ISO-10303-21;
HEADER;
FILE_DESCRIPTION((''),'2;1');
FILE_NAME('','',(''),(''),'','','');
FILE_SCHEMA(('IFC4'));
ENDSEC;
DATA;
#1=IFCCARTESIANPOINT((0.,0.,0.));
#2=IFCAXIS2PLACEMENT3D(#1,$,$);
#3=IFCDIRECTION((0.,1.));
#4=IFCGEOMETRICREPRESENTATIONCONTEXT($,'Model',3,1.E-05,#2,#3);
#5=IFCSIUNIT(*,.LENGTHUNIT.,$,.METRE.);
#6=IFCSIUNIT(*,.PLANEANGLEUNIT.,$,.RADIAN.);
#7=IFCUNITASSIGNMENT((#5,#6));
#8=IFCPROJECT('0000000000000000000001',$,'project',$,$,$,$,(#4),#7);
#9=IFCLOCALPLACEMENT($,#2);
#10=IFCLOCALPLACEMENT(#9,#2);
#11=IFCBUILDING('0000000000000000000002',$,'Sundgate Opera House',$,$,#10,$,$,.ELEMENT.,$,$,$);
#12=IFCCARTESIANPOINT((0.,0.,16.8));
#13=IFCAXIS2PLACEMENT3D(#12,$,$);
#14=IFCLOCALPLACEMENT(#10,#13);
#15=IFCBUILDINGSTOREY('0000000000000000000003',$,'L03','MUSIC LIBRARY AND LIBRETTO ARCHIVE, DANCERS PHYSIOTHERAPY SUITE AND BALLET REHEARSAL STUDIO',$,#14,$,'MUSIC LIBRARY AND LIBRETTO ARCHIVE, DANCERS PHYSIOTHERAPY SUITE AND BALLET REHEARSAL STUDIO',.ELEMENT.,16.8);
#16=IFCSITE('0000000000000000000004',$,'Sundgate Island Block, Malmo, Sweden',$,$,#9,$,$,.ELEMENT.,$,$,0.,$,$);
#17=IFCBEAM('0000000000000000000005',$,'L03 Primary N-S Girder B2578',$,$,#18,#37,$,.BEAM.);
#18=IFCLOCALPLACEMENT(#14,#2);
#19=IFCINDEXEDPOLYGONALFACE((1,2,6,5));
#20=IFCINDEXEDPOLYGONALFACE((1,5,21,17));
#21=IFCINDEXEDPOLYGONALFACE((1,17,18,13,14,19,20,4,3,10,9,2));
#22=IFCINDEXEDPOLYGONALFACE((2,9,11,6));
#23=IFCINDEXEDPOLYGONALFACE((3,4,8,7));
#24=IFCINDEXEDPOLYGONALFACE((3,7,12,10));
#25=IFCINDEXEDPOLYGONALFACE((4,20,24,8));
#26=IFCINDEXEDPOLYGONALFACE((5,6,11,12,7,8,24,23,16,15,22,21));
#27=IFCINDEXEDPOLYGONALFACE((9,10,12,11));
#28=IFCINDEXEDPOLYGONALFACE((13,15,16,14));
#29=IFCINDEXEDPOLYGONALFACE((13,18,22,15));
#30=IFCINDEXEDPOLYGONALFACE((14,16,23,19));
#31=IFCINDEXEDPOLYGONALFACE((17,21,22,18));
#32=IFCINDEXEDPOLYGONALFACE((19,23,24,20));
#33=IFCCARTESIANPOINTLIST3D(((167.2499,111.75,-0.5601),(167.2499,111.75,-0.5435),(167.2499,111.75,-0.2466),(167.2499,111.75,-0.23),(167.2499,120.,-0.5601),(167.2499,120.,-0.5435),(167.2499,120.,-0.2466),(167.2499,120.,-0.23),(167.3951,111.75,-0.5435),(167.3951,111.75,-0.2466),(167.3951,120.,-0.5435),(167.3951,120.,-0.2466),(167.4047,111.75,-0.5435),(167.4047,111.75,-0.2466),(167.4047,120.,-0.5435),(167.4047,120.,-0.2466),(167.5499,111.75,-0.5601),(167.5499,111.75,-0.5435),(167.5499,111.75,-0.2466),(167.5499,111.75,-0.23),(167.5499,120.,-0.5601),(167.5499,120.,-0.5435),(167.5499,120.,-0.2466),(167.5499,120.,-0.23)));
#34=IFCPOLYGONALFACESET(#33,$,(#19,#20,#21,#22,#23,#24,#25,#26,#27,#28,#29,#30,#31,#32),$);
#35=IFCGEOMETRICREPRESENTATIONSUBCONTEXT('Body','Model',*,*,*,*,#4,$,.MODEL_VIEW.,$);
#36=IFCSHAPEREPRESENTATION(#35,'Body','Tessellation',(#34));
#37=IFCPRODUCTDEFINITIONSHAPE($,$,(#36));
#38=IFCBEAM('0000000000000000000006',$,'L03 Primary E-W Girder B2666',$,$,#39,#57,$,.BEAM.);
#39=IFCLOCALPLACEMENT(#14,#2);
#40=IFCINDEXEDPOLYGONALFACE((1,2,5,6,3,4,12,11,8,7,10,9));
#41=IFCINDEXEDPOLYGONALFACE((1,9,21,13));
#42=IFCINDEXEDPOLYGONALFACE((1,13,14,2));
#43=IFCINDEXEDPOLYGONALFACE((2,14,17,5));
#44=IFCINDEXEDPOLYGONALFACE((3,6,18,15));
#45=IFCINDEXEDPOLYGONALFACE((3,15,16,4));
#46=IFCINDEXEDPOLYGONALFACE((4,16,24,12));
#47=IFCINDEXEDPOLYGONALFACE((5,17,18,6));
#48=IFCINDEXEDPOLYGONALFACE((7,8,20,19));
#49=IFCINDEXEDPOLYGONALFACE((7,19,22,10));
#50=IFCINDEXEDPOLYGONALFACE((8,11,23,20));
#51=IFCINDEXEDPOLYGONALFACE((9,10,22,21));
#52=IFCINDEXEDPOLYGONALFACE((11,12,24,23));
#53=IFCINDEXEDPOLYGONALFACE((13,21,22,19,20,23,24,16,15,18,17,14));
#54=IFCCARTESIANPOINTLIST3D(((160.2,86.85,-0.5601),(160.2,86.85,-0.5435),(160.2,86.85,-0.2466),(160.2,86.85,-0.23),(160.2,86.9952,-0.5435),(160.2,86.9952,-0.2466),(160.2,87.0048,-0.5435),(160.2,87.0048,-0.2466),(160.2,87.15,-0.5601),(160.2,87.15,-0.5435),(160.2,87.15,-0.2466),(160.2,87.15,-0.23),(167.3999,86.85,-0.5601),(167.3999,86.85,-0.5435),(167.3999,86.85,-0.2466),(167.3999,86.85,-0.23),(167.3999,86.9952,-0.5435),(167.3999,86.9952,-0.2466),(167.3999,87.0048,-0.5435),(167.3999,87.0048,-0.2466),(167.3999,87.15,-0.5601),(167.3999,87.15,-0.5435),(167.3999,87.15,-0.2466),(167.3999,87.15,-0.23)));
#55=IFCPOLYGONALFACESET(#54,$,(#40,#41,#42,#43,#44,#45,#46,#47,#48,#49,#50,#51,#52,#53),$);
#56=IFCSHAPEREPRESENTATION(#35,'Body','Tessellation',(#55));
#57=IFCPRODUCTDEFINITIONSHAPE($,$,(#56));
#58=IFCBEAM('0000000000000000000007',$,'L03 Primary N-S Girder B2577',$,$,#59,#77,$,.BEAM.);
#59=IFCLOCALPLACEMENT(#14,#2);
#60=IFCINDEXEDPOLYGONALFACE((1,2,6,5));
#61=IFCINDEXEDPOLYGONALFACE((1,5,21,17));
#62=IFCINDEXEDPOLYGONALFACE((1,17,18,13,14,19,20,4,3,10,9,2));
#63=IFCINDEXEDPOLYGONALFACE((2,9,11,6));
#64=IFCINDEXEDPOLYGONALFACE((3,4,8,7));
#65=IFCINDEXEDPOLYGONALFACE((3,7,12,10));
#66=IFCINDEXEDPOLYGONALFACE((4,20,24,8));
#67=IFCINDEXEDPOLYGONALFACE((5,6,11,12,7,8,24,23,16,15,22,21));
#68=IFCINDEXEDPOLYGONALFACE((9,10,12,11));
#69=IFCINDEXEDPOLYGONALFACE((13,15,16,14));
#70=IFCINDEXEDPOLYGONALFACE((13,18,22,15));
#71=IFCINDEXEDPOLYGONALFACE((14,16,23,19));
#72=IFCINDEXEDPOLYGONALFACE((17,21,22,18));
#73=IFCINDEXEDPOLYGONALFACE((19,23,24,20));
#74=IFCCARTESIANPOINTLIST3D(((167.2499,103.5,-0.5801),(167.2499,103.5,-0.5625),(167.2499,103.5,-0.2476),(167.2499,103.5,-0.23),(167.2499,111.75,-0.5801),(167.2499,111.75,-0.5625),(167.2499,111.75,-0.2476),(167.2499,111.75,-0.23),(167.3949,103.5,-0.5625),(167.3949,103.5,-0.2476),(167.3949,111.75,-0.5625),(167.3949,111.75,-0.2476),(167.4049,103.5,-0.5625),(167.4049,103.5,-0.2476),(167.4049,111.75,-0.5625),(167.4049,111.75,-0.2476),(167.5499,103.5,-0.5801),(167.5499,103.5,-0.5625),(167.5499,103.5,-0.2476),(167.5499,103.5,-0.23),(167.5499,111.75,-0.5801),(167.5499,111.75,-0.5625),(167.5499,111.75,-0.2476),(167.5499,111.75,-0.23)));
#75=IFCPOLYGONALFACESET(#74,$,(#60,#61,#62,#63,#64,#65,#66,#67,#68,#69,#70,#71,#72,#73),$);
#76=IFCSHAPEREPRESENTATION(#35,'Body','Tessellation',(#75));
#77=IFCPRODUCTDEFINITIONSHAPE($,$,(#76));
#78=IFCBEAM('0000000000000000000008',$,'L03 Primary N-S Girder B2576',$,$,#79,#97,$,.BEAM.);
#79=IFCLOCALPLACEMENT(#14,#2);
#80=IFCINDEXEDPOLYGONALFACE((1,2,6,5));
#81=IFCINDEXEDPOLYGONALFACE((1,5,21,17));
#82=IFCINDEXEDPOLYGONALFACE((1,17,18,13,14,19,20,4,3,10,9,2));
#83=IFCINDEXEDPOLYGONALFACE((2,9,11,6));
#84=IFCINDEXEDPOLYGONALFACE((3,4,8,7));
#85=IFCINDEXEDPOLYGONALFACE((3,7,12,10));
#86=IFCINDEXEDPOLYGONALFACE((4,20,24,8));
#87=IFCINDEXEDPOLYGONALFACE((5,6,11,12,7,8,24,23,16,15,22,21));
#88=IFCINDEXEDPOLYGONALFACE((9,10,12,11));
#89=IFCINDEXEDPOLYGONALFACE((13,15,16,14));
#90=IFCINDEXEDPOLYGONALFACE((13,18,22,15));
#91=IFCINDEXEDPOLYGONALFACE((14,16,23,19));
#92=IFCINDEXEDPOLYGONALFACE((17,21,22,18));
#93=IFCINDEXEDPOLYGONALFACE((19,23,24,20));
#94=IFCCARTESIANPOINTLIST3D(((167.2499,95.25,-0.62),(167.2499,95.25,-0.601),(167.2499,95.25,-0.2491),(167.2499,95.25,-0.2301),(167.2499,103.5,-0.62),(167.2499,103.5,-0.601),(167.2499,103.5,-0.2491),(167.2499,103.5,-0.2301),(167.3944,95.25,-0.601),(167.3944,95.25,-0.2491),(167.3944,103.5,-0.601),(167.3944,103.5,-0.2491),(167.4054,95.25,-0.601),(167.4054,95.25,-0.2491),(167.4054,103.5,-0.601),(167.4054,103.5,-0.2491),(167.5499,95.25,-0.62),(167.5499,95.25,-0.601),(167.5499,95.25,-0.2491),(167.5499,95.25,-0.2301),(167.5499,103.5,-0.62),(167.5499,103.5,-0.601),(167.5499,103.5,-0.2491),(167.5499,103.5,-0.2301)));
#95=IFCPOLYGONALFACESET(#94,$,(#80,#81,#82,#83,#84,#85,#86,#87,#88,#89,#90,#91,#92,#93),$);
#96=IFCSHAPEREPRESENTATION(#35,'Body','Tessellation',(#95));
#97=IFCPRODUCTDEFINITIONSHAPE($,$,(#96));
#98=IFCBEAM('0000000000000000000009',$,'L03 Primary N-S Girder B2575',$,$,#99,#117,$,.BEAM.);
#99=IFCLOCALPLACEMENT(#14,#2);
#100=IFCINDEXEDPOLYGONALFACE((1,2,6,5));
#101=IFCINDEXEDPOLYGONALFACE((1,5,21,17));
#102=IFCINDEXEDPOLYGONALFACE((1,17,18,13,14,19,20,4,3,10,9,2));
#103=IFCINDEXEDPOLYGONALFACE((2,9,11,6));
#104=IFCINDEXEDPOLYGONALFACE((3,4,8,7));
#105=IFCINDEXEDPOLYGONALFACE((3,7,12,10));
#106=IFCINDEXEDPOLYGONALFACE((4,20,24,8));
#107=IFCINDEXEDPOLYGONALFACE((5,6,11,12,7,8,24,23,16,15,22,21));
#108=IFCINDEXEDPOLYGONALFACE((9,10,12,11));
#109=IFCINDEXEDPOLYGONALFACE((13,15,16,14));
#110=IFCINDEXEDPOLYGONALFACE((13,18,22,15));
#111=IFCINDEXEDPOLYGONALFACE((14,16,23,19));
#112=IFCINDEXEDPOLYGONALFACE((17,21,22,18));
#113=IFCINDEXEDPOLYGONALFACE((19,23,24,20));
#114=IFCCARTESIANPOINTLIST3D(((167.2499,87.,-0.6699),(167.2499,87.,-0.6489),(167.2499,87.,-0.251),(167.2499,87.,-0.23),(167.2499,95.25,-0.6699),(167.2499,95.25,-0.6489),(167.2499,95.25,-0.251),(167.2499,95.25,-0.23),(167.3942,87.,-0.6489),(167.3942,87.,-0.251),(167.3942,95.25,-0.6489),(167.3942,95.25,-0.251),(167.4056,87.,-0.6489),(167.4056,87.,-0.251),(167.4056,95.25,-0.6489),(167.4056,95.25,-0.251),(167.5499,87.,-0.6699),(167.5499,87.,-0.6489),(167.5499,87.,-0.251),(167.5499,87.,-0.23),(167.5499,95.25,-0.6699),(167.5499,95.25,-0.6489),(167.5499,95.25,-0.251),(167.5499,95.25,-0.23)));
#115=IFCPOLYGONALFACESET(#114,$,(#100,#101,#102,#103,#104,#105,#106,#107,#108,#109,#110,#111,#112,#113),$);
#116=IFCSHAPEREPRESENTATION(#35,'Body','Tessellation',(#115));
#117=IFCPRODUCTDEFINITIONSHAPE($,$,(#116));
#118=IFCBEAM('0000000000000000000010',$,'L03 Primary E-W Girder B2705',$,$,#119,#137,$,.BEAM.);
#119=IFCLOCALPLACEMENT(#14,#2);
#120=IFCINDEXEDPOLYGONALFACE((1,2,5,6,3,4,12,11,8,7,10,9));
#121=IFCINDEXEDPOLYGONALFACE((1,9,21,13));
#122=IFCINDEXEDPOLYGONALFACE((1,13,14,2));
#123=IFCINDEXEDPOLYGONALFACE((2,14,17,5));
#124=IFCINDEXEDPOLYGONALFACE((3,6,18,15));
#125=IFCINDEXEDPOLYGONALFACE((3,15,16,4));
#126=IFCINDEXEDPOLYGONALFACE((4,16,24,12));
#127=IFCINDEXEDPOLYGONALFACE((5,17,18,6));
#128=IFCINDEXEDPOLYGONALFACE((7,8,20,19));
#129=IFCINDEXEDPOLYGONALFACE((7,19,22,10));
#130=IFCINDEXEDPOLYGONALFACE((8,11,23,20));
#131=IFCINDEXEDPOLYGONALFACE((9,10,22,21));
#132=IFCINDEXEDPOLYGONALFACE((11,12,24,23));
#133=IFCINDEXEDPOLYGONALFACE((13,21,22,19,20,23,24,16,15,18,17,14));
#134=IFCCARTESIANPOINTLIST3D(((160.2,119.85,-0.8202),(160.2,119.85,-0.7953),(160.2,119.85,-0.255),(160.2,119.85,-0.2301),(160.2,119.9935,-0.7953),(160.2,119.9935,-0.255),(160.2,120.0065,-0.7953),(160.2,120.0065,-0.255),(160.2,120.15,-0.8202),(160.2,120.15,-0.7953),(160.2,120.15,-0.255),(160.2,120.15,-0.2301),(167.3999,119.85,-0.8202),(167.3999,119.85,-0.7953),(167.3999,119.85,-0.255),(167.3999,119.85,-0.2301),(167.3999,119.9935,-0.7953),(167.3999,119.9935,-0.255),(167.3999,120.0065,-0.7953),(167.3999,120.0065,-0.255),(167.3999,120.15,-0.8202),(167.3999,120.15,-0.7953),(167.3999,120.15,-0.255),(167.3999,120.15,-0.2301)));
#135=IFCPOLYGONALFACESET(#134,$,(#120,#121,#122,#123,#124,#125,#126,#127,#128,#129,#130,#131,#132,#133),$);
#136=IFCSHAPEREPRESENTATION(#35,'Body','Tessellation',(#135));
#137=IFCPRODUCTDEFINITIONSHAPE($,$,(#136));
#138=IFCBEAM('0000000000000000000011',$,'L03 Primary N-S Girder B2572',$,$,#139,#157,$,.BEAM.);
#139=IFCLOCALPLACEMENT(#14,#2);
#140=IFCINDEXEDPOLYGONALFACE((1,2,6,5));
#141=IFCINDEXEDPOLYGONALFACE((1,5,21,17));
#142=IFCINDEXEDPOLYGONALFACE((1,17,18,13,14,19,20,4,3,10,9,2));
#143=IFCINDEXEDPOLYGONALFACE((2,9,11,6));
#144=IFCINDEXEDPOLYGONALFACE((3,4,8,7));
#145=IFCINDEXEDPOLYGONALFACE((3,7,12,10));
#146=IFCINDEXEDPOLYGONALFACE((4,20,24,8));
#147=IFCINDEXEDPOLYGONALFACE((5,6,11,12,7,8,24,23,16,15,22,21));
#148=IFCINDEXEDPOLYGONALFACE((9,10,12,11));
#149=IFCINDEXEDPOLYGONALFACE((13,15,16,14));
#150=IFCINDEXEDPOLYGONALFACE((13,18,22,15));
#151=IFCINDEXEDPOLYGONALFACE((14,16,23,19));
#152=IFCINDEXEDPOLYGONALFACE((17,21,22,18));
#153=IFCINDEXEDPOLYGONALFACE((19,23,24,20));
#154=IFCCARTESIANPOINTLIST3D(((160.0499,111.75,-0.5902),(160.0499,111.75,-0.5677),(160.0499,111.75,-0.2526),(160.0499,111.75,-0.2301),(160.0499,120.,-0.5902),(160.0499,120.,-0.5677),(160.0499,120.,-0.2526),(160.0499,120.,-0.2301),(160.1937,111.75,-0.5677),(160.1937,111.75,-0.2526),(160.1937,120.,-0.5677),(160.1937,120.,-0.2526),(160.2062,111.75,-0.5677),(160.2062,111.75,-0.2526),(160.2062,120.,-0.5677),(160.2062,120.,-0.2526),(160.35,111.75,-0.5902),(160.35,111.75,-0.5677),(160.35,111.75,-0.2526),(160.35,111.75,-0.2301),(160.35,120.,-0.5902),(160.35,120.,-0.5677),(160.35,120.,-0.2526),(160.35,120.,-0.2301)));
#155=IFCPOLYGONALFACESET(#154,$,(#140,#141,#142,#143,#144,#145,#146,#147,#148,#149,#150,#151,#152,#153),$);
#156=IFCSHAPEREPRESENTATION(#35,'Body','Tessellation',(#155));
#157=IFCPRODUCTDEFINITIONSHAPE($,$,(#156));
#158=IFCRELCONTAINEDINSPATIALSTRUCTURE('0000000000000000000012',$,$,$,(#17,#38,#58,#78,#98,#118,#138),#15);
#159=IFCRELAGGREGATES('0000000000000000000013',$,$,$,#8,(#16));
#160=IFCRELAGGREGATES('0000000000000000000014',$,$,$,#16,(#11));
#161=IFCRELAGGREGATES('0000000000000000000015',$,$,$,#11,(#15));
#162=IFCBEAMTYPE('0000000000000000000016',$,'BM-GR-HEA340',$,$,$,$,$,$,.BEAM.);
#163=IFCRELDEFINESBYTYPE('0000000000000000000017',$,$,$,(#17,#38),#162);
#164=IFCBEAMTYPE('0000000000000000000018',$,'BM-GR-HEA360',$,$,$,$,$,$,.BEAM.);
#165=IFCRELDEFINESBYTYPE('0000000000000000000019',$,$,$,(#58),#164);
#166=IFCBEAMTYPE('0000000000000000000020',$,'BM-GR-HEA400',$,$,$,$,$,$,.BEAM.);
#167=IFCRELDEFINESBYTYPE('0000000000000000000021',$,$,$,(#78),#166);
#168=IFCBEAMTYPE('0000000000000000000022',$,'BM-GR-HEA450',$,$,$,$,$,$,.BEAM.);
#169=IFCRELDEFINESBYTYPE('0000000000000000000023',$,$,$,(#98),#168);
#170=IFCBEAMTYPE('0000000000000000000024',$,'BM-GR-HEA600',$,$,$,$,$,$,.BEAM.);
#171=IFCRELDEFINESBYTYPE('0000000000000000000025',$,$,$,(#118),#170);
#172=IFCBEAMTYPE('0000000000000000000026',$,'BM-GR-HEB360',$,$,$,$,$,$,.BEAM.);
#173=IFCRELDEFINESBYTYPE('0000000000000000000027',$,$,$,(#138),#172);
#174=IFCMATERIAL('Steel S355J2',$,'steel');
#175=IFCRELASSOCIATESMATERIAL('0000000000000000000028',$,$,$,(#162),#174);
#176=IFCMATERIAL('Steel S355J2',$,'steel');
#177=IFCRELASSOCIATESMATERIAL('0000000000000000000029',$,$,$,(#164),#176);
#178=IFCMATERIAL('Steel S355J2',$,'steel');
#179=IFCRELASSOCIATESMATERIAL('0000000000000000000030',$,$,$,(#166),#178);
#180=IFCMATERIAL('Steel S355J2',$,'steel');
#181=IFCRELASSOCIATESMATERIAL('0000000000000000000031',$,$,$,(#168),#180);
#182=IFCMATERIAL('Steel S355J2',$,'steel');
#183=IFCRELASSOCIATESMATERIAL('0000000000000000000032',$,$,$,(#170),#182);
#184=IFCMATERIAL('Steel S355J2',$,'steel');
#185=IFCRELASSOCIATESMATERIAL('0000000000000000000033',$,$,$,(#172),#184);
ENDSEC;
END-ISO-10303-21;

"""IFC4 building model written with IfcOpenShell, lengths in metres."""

from ifc_helpers import new_model, si_unit, direction, frame, origin, origin_2d, place, context, subcontext, project, spatial, i_section, extrude, material, material_profile, profile_set, type_object, element, save


model = new_model("IFC4")

# Units and contexts
model_context = context("Model", 3, precision=1e-05, world=origin(), true_north=direction((0.0, 1.0)))
body_context = subcontext(model_context, "Body", "Model", "MODEL_VIEW")
ifc_project = project(units=[si_unit("LENGTHUNIT", "METRE"), si_unit("PLANEANGLEUNIT", "RADIAN")], contexts=[model_context])

# Site, building, storey
site_placement = place(None, origin())
site = spatial("IfcSite", under=ifc_project, at=site_placement, Name="Sundgate Island Block, Malmo, Sweden", CompositionType="ELEMENT", RefElevation=0.0)
building_placement = place(site_placement, origin())
building = spatial("IfcBuilding", under=site, at=building_placement, Name="Sundgate Opera House", CompositionType="ELEMENT")
storey_placement = place(building_placement, frame((0.0, 0.0, 16.8)))
storey = spatial("IfcBuildingStorey", under=building, at=storey_placement, Name="L03", Description="MUSIC LIBRARY AND LIBRETTO ARCHIVE, DANCERS PHYSIOTHERAPY SUITE AND BALLET REHEARSAL STUDIO", LongName="MUSIC LIBRARY AND LIBRETTO ARCHIVE, DANCERS PHYSIOTHERAPY SUITE AND BALLET REHEARSAL STUDIO", CompositionType="ELEMENT", Elevation=16.8)

# Beams
ifc_material_1 = material(Name="Steel S355J2", Category="steel")
ifc_material_profile_1 = material_profile(ifc_material_1, i_section(OverallWidth=0.3, OverallDepth=0.3301, WebThickness=0.0095, FlangeThickness=0.0166, at=origin_2d()), Name="HEA 340")
ifc_profile_set_1 = profile_set([ifc_material_profile_1], Name="Steel S355J2")
beam_type_1 = type_object("IfcBeamType", Name="BM-GR-HEA340", PredefinedType="BEAM", material=ifc_profile_set_1)
beam_1_placement = place(storey_placement, frame((167.3999, 111.75, -0.395), z_axis=(0.0, 1.0, 0.0), x_axis=(-1.0, 0.0, 0.0)))
element("IfcBeam", 1, at=beam_1_placement, inside=storey, type_object=beam_type_1, Name="L03 Primary N-S Girder B2578", PredefinedType="BEAM", context=body_context, shape_type="SweptSolid", body=[
    extrude(i_section(OverallWidth=0.3, OverallDepth=0.3301, WebThickness=0.0095, FlangeThickness=0.0166, at=origin_2d()), origin(), (0.0, 0.0, 1.0), 8.25),
])
beam_2_placement = place(storey_placement, frame((160.2, 87.0, -0.395), z_axis=(1.0, 0.0, 0.0), x_axis=(0.0, 1.0, 0.0)))
element("IfcBeam", 2, at=beam_2_placement, inside=storey, type_object=beam_type_1, Name="L03 Primary E-W Girder B2666", PredefinedType="BEAM", context=body_context, shape_type="SweptSolid", body=[
    extrude(i_section(OverallWidth=0.3, OverallDepth=0.3301, WebThickness=0.0095, FlangeThickness=0.0166, at=origin_2d()), origin(), (0.0, 0.0, 1.0), 7.2),
])
ifc_material_2 = material(Name="Steel S355J2", Category="steel")
ifc_material_profile_2 = material_profile(ifc_material_2, i_section(OverallWidth=0.3, OverallDepth=0.3501, WebThickness=0.01, FlangeThickness=0.0176, at=origin_2d()), Name="HEA 360")
ifc_profile_set_2 = profile_set([ifc_material_profile_2], Name="Steel S355J2")
beam_type_2 = type_object("IfcBeamType", Name="BM-GR-HEA360", PredefinedType="BEAM", material=ifc_profile_set_2)
beam_3_placement = place(storey_placement, frame((167.3999, 103.5, -0.405), z_axis=(0.0, 1.0, 0.0), x_axis=(-1.0, 0.0, 0.0)))
element("IfcBeam", 3, at=beam_3_placement, inside=storey, type_object=beam_type_2, Name="L03 Primary N-S Girder B2577", PredefinedType="BEAM", context=body_context, shape_type="SweptSolid", body=[
    extrude(i_section(OverallWidth=0.3, OverallDepth=0.3501, WebThickness=0.01, FlangeThickness=0.0176, at=origin_2d()), origin(), (0.0, 0.0, 1.0), 8.25),
])
ifc_material_3 = material(Name="Steel S355J2", Category="steel")
ifc_material_profile_3 = material_profile(ifc_material_3, i_section(OverallWidth=0.3, OverallDepth=0.3899, WebThickness=0.011, FlangeThickness=0.019, at=origin_2d()), Name="HEA 400")
ifc_profile_set_3 = profile_set([ifc_material_profile_3], Name="Steel S355J2")
beam_type_3 = type_object("IfcBeamType", Name="BM-GR-HEA400", PredefinedType="BEAM", material=ifc_profile_set_3)
beam_4_placement = place(storey_placement, frame((167.3999, 95.25, -0.425), z_axis=(0.0, 1.0, 0.0), x_axis=(-1.0, 0.0, 0.0)))
element("IfcBeam", 4, at=beam_4_placement, inside=storey, type_object=beam_type_3, Name="L03 Primary N-S Girder B2576", PredefinedType="BEAM", context=body_context, shape_type="SweptSolid", body=[
    extrude(i_section(OverallWidth=0.3, OverallDepth=0.3899, WebThickness=0.011, FlangeThickness=0.019, at=origin_2d()), origin(), (0.0, 0.0, 1.0), 8.25),
])
ifc_material_4 = material(Name="Steel S355J2", Category="steel")
ifc_material_profile_4 = material_profile(ifc_material_4, i_section(OverallWidth=0.3, OverallDepth=0.4399, WebThickness=0.0115, FlangeThickness=0.021, at=origin_2d()), Name="HEA 450")
ifc_profile_set_4 = profile_set([ifc_material_profile_4], Name="Steel S355J2")
beam_type_4 = type_object("IfcBeamType", Name="BM-GR-HEA450", PredefinedType="BEAM", material=ifc_profile_set_4)
beam_5_placement = place(storey_placement, frame((167.3999, 87.0, -0.45), z_axis=(0.0, 1.0, 0.0), x_axis=(-1.0, 0.0, 0.0)))
element("IfcBeam", 5, at=beam_5_placement, inside=storey, type_object=beam_type_4, Name="L03 Primary N-S Girder B2575", PredefinedType="BEAM", context=body_context, shape_type="SweptSolid", body=[
    extrude(i_section(OverallWidth=0.3, OverallDepth=0.4399, WebThickness=0.0115, FlangeThickness=0.021, at=origin_2d()), origin(), (0.0, 0.0, 1.0), 8.25),
])
ifc_material_5 = material(Name="Steel S355J2", Category="steel")
ifc_material_profile_5 = material_profile(ifc_material_5, i_section(OverallWidth=0.3, OverallDepth=0.5901, WebThickness=0.0129, FlangeThickness=0.0249, at=origin_2d()), Name="HEA 600")
ifc_profile_set_5 = profile_set([ifc_material_profile_5], Name="Steel S355J2")
beam_type_5 = type_object("IfcBeamType", Name="BM-GR-HEA600", PredefinedType="BEAM", material=ifc_profile_set_5)
beam_6_placement = place(storey_placement, frame((160.2, 120.0, -0.5251), z_axis=(1.0, 0.0, 0.0), x_axis=(0.0, 1.0, 0.0)))
element("IfcBeam", 6, at=beam_6_placement, inside=storey, type_object=beam_type_5, Name="L03 Primary E-W Girder B2705", PredefinedType="BEAM", context=body_context, shape_type="SweptSolid", body=[
    extrude(i_section(OverallWidth=0.3, OverallDepth=0.5901, WebThickness=0.0129, FlangeThickness=0.0249, at=origin_2d()), origin(), (0.0, 0.0, 1.0), 7.2),
])
ifc_material_6 = material(Name="Steel S355J2", Category="steel")
ifc_material_profile_6 = material_profile(ifc_material_6, i_section(OverallWidth=0.3, OverallDepth=0.3601, WebThickness=0.0125, FlangeThickness=0.0225, at=origin_2d()), Name="HEB 360")
ifc_profile_set_6 = profile_set([ifc_material_profile_6], Name="Steel S355J2")
beam_type_6 = type_object("IfcBeamType", Name="BM-GR-HEB360", PredefinedType="BEAM", material=ifc_profile_set_6)
beam_7_placement = place(storey_placement, frame((160.2, 111.75, -0.4102), z_axis=(0.0, 1.0, 0.0), x_axis=(-1.0, 0.0, 0.0)))
element("IfcBeam", 7, at=beam_7_placement, inside=storey, type_object=beam_type_6, Name="L03 Primary N-S Girder B2572", PredefinedType="BEAM", context=body_context, shape_type="SweptSolid", body=[
    extrude(i_section(OverallWidth=0.3, OverallDepth=0.3601, WebThickness=0.0125, FlangeThickness=0.0225, at=origin_2d()), origin(), (0.0, 0.0, 1.0), 8.25),
])

save(model, "model.ifc")
